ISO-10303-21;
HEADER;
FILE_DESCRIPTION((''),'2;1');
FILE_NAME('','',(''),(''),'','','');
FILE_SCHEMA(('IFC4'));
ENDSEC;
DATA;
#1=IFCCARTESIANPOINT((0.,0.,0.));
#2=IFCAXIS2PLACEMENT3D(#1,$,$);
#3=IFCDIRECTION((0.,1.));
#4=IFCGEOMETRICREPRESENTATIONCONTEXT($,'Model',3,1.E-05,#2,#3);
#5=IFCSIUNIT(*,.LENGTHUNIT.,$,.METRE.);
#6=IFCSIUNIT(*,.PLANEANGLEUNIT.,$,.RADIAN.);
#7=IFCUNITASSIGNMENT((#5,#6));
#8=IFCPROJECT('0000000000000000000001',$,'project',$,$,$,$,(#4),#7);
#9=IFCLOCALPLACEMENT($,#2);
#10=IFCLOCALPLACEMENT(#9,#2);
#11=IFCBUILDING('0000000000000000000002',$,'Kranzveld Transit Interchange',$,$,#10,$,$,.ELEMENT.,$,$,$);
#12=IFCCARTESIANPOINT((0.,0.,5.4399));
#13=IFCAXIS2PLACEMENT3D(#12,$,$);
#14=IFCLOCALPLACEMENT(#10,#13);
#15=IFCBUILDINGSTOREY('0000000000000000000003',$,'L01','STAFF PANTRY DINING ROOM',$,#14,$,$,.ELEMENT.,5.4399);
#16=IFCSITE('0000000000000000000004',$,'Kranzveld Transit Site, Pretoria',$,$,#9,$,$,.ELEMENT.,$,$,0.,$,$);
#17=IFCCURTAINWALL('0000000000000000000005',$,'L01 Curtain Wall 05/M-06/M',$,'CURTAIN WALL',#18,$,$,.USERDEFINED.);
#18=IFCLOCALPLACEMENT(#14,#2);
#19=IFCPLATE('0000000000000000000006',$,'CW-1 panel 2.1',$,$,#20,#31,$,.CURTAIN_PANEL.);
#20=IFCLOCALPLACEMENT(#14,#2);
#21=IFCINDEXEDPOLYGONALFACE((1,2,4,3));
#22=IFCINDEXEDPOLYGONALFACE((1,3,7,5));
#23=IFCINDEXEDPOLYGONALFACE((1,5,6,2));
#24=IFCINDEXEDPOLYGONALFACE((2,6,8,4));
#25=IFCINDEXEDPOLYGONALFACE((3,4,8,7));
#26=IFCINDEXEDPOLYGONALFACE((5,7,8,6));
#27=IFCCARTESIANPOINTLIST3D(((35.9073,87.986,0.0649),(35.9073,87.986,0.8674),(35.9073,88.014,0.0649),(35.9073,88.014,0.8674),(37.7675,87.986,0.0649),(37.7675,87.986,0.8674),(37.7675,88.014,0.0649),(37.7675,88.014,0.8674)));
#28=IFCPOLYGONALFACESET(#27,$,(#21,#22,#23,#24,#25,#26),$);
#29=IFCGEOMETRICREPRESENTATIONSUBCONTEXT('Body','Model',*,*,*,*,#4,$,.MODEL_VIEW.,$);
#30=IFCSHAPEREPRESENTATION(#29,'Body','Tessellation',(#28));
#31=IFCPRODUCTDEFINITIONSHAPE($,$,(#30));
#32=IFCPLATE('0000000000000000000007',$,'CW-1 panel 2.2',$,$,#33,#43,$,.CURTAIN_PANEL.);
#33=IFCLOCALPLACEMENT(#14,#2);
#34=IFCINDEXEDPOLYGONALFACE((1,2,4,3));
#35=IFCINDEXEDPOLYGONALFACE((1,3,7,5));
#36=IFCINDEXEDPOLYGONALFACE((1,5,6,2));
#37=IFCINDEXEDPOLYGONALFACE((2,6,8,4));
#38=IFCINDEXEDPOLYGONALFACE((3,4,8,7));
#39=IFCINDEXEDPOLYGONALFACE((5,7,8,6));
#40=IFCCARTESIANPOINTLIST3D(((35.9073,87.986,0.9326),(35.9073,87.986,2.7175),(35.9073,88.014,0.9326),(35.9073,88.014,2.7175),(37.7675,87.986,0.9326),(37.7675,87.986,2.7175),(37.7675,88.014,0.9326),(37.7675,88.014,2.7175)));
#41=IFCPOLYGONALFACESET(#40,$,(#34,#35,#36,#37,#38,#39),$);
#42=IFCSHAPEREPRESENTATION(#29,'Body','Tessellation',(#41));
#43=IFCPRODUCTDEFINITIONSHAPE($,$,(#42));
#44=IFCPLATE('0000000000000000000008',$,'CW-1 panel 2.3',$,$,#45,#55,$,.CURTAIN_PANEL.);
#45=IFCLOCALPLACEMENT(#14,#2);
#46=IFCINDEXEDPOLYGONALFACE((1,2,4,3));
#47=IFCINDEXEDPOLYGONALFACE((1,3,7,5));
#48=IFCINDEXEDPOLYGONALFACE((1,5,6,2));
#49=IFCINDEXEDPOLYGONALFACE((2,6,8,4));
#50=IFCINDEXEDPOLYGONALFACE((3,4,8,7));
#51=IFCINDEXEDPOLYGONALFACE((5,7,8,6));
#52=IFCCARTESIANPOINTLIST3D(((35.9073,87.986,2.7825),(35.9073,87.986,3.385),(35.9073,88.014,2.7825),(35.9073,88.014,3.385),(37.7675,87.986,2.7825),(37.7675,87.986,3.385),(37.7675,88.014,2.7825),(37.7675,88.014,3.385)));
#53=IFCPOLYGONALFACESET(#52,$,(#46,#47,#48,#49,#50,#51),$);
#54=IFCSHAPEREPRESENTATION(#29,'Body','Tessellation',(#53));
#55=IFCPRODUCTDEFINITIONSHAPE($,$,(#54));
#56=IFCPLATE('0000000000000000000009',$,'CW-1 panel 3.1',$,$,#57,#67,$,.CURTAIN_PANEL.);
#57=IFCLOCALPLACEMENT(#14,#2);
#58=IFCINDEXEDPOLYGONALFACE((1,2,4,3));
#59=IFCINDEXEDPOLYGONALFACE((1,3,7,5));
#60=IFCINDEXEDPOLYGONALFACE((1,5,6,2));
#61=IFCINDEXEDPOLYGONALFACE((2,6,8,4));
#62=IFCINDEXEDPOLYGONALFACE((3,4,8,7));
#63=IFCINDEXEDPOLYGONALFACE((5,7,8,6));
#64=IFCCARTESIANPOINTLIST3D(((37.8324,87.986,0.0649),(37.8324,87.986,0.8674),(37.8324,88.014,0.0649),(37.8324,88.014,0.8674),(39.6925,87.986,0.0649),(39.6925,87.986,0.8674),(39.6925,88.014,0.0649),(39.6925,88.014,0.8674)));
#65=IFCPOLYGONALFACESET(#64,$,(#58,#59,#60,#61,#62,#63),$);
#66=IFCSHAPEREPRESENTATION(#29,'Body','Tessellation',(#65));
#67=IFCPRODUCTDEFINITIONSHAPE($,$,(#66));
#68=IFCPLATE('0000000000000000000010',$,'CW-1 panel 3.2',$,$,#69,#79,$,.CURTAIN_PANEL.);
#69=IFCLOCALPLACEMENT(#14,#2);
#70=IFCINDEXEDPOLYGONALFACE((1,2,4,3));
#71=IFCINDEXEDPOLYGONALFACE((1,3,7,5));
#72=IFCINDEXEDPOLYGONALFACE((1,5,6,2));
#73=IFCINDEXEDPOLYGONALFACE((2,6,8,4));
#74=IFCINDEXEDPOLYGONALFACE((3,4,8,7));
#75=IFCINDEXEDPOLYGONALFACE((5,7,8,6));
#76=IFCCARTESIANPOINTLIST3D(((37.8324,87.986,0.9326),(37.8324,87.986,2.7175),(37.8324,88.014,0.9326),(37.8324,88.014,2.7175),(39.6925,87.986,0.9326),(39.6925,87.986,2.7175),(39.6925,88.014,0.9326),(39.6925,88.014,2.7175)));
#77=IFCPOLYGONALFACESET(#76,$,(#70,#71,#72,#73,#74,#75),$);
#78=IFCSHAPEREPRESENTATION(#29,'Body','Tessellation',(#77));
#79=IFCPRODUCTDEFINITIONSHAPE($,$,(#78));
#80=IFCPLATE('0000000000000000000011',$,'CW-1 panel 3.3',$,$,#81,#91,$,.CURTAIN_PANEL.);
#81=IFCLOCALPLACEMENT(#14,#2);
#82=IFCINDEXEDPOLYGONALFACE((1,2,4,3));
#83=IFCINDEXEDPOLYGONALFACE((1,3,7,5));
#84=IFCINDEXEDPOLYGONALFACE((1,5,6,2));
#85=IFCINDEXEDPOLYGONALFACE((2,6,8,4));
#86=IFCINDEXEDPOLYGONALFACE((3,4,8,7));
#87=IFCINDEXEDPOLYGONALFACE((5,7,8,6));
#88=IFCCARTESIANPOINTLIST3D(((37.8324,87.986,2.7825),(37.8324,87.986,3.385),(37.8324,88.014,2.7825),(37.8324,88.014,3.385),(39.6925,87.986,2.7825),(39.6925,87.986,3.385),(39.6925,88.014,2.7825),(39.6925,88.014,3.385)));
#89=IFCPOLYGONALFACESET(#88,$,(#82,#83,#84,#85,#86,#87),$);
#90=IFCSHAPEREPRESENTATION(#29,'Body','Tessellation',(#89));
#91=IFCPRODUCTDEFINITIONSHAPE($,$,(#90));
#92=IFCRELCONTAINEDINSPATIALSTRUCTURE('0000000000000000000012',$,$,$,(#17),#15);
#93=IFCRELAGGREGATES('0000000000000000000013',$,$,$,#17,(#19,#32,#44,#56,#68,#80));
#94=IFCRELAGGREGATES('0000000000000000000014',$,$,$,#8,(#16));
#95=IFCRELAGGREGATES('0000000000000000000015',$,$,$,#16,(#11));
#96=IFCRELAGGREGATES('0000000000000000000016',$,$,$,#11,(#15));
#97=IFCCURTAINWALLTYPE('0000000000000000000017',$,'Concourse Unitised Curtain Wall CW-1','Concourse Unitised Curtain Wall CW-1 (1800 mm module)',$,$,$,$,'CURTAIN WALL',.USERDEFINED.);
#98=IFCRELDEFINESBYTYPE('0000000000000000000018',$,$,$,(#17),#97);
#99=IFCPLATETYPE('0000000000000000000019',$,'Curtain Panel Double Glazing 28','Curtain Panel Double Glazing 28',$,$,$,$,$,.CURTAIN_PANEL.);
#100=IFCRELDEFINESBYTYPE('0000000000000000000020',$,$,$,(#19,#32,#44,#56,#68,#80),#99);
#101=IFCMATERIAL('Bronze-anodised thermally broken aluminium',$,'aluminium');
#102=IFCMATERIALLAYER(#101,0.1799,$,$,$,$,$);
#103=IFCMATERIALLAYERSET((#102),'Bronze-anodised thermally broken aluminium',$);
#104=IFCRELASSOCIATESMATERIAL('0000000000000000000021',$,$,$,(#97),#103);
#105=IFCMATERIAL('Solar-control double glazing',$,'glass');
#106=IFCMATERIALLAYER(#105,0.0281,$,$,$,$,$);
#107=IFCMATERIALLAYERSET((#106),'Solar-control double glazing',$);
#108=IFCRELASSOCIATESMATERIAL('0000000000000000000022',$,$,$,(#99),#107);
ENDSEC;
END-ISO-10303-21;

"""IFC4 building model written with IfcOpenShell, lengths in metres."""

from ifc_helpers import new_model, si_unit, direction, frame, origin, origin_2d, place, context, subcontext, project, spatial, rectangle, extrude, material, layer, layer_set, type_object, element, aggregate, save


model = new_model("IFC4")

# Units and contexts
model_context = context("Model", 3, precision=1e-05, world=origin(), true_north=direction((0.0, 1.0)))
body_context = subcontext(model_context, "Body", "Model", "MODEL_VIEW")
ifc_project = project(units=[si_unit("LENGTHUNIT", "METRE"), si_unit("PLANEANGLEUNIT", "RADIAN")], contexts=[model_context])

# Site, building, storey
site_placement = place(None, origin())
site = spatial("IfcSite", under=ifc_project, at=site_placement, Name="Kranzveld Transit Site, Pretoria", CompositionType="ELEMENT", RefElevation=0.0)
building_placement = place(site_placement, origin())
building = spatial("IfcBuilding", under=site, at=building_placement, Name="Kranzveld Transit Interchange", CompositionType="ELEMENT")
storey_placement = place(building_placement, frame((0.0, 0.0, 5.4399)))
storey = spatial("IfcBuildingStorey", under=building, at=storey_placement, Name="L01", Description="STAFF PANTRY DINING ROOM", CompositionType="ELEMENT", Elevation=5.4399)

# Curtain wall
ifc_material_1 = material(Name="Bronze-anodised thermally broken aluminium", Category="aluminium")
ifc_layer_1 = layer(ifc_material_1, 0.1799)
ifc_layer_set_1 = layer_set([ifc_layer_1], Name="Bronze-anodised thermally broken aluminium")
curtain_wall_type = type_object("IfcCurtainWallType", Name="Concourse Unitised Curtain Wall CW-1", Description="Concourse Unitised Curtain Wall CW-1 (1800 mm module)", ElementType="CURTAIN WALL", PredefinedType="USERDEFINED", material=ifc_layer_set_1)
curtain_wall_placement = place(storey_placement, origin())
curtain_wall = element("IfcCurtainWall", 1, at=curtain_wall_placement, inside=storey, type_object=curtain_wall_type, Name="L01 Curtain Wall 05/M-06/M", ObjectType="CURTAIN WALL", PredefinedType="USERDEFINED")

# Plates
ifc_material_2 = material(Name="Solar-control double glazing", Category="glass")
ifc_layer_2 = layer(ifc_material_2, 0.0281)
ifc_layer_set_2 = layer_set([ifc_layer_2], Name="Solar-control double glazing")
plate_type = type_object("IfcPlateType", Name="Curtain Panel Double Glazing 28", Description="Curtain Panel Double Glazing 28", PredefinedType="CURTAIN_PANEL", material=ifc_layer_set_2)
plate_1_placement = place(storey_placement, frame((36.8374, 88.0, 0.0649), z_axis=(0.0, 0.0, 1.0), x_axis=(1.0, 0.0, 0.0)))
plate_1 = element("IfcPlate", 2, at=plate_1_placement, type_object=plate_type, Name="CW-1 panel 2.1", PredefinedType="CURTAIN_PANEL", context=body_context, shape_type="SweptSolid", body=[
    extrude(rectangle(XDim=1.8601, YDim=0.0281, at=origin_2d()), origin(), (0.0, 0.0, 1.0), 0.8025),
])
plate_2_placement = place(storey_placement, frame((36.8374, 88.0, 0.9326), z_axis=(0.0, 0.0, 1.0), x_axis=(1.0, 0.0, 0.0)))
plate_2 = element("IfcPlate", 3, at=plate_2_placement, type_object=plate_type, Name="CW-1 panel 2.2", PredefinedType="CURTAIN_PANEL", context=body_context, shape_type="SweptSolid", body=[
    extrude(rectangle(XDim=1.8601, YDim=0.0281, at=origin_2d()), origin(), (0.0, 0.0, 1.0), 1.7849),
])
plate_3_placement = place(storey_placement, frame((36.8374, 88.0, 2.7825), z_axis=(0.0, 0.0, 1.0), x_axis=(1.0, 0.0, 0.0)))
plate_3 = element("IfcPlate", 4, at=plate_3_placement, type_object=plate_type, Name="CW-1 panel 2.3", PredefinedType="CURTAIN_PANEL", context=body_context, shape_type="SweptSolid", body=[
    extrude(rectangle(XDim=1.8601, YDim=0.0281, at=origin_2d()), origin(), (0.0, 0.0, 1.0), 0.6025),
])
plate_4_placement = place(storey_placement, frame((38.7625, 88.0, 0.0649), z_axis=(0.0, 0.0, 1.0), x_axis=(1.0, 0.0, 0.0)))
plate_4 = element("IfcPlate", 5, at=plate_4_placement, type_object=plate_type, Name="CW-1 panel 3.1", PredefinedType="CURTAIN_PANEL", context=body_context, shape_type="SweptSolid", body=[
    extrude(rectangle(XDim=1.8601, YDim=0.0281, at=origin_2d()), origin(), (0.0, 0.0, 1.0), 0.8025),
])
plate_5_placement = place(storey_placement, frame((38.7625, 88.0, 0.9326), z_axis=(0.0, 0.0, 1.0), x_axis=(1.0, 0.0, 0.0)))
plate_5 = element("IfcPlate", 6, at=plate_5_placement, type_object=plate_type, Name="CW-1 panel 3.2", PredefinedType="CURTAIN_PANEL", context=body_context, shape_type="SweptSolid", body=[
    extrude(rectangle(XDim=1.8601, YDim=0.0281, at=origin_2d()), origin(), (0.0, 0.0, 1.0), 1.7849),
])
plate_6_placement = place(storey_placement, frame((38.7625, 88.0, 2.7825), z_axis=(0.0, 0.0, 1.0), x_axis=(1.0, 0.0, 0.0)))
plate_6 = element("IfcPlate", 7, at=plate_6_placement, type_object=plate_type, Name="CW-1 panel 3.3", PredefinedType="CURTAIN_PANEL", context=body_context, shape_type="SweptSolid", body=[
    extrude(rectangle(XDim=1.8601, YDim=0.0281, at=origin_2d()), origin(), (0.0, 0.0, 1.0), 0.6025),
])
aggregate(curtain_wall, [plate_1, plate_2, plate_3, plate_4, plate_5, plate_6])

save(model, "model.ifc")
